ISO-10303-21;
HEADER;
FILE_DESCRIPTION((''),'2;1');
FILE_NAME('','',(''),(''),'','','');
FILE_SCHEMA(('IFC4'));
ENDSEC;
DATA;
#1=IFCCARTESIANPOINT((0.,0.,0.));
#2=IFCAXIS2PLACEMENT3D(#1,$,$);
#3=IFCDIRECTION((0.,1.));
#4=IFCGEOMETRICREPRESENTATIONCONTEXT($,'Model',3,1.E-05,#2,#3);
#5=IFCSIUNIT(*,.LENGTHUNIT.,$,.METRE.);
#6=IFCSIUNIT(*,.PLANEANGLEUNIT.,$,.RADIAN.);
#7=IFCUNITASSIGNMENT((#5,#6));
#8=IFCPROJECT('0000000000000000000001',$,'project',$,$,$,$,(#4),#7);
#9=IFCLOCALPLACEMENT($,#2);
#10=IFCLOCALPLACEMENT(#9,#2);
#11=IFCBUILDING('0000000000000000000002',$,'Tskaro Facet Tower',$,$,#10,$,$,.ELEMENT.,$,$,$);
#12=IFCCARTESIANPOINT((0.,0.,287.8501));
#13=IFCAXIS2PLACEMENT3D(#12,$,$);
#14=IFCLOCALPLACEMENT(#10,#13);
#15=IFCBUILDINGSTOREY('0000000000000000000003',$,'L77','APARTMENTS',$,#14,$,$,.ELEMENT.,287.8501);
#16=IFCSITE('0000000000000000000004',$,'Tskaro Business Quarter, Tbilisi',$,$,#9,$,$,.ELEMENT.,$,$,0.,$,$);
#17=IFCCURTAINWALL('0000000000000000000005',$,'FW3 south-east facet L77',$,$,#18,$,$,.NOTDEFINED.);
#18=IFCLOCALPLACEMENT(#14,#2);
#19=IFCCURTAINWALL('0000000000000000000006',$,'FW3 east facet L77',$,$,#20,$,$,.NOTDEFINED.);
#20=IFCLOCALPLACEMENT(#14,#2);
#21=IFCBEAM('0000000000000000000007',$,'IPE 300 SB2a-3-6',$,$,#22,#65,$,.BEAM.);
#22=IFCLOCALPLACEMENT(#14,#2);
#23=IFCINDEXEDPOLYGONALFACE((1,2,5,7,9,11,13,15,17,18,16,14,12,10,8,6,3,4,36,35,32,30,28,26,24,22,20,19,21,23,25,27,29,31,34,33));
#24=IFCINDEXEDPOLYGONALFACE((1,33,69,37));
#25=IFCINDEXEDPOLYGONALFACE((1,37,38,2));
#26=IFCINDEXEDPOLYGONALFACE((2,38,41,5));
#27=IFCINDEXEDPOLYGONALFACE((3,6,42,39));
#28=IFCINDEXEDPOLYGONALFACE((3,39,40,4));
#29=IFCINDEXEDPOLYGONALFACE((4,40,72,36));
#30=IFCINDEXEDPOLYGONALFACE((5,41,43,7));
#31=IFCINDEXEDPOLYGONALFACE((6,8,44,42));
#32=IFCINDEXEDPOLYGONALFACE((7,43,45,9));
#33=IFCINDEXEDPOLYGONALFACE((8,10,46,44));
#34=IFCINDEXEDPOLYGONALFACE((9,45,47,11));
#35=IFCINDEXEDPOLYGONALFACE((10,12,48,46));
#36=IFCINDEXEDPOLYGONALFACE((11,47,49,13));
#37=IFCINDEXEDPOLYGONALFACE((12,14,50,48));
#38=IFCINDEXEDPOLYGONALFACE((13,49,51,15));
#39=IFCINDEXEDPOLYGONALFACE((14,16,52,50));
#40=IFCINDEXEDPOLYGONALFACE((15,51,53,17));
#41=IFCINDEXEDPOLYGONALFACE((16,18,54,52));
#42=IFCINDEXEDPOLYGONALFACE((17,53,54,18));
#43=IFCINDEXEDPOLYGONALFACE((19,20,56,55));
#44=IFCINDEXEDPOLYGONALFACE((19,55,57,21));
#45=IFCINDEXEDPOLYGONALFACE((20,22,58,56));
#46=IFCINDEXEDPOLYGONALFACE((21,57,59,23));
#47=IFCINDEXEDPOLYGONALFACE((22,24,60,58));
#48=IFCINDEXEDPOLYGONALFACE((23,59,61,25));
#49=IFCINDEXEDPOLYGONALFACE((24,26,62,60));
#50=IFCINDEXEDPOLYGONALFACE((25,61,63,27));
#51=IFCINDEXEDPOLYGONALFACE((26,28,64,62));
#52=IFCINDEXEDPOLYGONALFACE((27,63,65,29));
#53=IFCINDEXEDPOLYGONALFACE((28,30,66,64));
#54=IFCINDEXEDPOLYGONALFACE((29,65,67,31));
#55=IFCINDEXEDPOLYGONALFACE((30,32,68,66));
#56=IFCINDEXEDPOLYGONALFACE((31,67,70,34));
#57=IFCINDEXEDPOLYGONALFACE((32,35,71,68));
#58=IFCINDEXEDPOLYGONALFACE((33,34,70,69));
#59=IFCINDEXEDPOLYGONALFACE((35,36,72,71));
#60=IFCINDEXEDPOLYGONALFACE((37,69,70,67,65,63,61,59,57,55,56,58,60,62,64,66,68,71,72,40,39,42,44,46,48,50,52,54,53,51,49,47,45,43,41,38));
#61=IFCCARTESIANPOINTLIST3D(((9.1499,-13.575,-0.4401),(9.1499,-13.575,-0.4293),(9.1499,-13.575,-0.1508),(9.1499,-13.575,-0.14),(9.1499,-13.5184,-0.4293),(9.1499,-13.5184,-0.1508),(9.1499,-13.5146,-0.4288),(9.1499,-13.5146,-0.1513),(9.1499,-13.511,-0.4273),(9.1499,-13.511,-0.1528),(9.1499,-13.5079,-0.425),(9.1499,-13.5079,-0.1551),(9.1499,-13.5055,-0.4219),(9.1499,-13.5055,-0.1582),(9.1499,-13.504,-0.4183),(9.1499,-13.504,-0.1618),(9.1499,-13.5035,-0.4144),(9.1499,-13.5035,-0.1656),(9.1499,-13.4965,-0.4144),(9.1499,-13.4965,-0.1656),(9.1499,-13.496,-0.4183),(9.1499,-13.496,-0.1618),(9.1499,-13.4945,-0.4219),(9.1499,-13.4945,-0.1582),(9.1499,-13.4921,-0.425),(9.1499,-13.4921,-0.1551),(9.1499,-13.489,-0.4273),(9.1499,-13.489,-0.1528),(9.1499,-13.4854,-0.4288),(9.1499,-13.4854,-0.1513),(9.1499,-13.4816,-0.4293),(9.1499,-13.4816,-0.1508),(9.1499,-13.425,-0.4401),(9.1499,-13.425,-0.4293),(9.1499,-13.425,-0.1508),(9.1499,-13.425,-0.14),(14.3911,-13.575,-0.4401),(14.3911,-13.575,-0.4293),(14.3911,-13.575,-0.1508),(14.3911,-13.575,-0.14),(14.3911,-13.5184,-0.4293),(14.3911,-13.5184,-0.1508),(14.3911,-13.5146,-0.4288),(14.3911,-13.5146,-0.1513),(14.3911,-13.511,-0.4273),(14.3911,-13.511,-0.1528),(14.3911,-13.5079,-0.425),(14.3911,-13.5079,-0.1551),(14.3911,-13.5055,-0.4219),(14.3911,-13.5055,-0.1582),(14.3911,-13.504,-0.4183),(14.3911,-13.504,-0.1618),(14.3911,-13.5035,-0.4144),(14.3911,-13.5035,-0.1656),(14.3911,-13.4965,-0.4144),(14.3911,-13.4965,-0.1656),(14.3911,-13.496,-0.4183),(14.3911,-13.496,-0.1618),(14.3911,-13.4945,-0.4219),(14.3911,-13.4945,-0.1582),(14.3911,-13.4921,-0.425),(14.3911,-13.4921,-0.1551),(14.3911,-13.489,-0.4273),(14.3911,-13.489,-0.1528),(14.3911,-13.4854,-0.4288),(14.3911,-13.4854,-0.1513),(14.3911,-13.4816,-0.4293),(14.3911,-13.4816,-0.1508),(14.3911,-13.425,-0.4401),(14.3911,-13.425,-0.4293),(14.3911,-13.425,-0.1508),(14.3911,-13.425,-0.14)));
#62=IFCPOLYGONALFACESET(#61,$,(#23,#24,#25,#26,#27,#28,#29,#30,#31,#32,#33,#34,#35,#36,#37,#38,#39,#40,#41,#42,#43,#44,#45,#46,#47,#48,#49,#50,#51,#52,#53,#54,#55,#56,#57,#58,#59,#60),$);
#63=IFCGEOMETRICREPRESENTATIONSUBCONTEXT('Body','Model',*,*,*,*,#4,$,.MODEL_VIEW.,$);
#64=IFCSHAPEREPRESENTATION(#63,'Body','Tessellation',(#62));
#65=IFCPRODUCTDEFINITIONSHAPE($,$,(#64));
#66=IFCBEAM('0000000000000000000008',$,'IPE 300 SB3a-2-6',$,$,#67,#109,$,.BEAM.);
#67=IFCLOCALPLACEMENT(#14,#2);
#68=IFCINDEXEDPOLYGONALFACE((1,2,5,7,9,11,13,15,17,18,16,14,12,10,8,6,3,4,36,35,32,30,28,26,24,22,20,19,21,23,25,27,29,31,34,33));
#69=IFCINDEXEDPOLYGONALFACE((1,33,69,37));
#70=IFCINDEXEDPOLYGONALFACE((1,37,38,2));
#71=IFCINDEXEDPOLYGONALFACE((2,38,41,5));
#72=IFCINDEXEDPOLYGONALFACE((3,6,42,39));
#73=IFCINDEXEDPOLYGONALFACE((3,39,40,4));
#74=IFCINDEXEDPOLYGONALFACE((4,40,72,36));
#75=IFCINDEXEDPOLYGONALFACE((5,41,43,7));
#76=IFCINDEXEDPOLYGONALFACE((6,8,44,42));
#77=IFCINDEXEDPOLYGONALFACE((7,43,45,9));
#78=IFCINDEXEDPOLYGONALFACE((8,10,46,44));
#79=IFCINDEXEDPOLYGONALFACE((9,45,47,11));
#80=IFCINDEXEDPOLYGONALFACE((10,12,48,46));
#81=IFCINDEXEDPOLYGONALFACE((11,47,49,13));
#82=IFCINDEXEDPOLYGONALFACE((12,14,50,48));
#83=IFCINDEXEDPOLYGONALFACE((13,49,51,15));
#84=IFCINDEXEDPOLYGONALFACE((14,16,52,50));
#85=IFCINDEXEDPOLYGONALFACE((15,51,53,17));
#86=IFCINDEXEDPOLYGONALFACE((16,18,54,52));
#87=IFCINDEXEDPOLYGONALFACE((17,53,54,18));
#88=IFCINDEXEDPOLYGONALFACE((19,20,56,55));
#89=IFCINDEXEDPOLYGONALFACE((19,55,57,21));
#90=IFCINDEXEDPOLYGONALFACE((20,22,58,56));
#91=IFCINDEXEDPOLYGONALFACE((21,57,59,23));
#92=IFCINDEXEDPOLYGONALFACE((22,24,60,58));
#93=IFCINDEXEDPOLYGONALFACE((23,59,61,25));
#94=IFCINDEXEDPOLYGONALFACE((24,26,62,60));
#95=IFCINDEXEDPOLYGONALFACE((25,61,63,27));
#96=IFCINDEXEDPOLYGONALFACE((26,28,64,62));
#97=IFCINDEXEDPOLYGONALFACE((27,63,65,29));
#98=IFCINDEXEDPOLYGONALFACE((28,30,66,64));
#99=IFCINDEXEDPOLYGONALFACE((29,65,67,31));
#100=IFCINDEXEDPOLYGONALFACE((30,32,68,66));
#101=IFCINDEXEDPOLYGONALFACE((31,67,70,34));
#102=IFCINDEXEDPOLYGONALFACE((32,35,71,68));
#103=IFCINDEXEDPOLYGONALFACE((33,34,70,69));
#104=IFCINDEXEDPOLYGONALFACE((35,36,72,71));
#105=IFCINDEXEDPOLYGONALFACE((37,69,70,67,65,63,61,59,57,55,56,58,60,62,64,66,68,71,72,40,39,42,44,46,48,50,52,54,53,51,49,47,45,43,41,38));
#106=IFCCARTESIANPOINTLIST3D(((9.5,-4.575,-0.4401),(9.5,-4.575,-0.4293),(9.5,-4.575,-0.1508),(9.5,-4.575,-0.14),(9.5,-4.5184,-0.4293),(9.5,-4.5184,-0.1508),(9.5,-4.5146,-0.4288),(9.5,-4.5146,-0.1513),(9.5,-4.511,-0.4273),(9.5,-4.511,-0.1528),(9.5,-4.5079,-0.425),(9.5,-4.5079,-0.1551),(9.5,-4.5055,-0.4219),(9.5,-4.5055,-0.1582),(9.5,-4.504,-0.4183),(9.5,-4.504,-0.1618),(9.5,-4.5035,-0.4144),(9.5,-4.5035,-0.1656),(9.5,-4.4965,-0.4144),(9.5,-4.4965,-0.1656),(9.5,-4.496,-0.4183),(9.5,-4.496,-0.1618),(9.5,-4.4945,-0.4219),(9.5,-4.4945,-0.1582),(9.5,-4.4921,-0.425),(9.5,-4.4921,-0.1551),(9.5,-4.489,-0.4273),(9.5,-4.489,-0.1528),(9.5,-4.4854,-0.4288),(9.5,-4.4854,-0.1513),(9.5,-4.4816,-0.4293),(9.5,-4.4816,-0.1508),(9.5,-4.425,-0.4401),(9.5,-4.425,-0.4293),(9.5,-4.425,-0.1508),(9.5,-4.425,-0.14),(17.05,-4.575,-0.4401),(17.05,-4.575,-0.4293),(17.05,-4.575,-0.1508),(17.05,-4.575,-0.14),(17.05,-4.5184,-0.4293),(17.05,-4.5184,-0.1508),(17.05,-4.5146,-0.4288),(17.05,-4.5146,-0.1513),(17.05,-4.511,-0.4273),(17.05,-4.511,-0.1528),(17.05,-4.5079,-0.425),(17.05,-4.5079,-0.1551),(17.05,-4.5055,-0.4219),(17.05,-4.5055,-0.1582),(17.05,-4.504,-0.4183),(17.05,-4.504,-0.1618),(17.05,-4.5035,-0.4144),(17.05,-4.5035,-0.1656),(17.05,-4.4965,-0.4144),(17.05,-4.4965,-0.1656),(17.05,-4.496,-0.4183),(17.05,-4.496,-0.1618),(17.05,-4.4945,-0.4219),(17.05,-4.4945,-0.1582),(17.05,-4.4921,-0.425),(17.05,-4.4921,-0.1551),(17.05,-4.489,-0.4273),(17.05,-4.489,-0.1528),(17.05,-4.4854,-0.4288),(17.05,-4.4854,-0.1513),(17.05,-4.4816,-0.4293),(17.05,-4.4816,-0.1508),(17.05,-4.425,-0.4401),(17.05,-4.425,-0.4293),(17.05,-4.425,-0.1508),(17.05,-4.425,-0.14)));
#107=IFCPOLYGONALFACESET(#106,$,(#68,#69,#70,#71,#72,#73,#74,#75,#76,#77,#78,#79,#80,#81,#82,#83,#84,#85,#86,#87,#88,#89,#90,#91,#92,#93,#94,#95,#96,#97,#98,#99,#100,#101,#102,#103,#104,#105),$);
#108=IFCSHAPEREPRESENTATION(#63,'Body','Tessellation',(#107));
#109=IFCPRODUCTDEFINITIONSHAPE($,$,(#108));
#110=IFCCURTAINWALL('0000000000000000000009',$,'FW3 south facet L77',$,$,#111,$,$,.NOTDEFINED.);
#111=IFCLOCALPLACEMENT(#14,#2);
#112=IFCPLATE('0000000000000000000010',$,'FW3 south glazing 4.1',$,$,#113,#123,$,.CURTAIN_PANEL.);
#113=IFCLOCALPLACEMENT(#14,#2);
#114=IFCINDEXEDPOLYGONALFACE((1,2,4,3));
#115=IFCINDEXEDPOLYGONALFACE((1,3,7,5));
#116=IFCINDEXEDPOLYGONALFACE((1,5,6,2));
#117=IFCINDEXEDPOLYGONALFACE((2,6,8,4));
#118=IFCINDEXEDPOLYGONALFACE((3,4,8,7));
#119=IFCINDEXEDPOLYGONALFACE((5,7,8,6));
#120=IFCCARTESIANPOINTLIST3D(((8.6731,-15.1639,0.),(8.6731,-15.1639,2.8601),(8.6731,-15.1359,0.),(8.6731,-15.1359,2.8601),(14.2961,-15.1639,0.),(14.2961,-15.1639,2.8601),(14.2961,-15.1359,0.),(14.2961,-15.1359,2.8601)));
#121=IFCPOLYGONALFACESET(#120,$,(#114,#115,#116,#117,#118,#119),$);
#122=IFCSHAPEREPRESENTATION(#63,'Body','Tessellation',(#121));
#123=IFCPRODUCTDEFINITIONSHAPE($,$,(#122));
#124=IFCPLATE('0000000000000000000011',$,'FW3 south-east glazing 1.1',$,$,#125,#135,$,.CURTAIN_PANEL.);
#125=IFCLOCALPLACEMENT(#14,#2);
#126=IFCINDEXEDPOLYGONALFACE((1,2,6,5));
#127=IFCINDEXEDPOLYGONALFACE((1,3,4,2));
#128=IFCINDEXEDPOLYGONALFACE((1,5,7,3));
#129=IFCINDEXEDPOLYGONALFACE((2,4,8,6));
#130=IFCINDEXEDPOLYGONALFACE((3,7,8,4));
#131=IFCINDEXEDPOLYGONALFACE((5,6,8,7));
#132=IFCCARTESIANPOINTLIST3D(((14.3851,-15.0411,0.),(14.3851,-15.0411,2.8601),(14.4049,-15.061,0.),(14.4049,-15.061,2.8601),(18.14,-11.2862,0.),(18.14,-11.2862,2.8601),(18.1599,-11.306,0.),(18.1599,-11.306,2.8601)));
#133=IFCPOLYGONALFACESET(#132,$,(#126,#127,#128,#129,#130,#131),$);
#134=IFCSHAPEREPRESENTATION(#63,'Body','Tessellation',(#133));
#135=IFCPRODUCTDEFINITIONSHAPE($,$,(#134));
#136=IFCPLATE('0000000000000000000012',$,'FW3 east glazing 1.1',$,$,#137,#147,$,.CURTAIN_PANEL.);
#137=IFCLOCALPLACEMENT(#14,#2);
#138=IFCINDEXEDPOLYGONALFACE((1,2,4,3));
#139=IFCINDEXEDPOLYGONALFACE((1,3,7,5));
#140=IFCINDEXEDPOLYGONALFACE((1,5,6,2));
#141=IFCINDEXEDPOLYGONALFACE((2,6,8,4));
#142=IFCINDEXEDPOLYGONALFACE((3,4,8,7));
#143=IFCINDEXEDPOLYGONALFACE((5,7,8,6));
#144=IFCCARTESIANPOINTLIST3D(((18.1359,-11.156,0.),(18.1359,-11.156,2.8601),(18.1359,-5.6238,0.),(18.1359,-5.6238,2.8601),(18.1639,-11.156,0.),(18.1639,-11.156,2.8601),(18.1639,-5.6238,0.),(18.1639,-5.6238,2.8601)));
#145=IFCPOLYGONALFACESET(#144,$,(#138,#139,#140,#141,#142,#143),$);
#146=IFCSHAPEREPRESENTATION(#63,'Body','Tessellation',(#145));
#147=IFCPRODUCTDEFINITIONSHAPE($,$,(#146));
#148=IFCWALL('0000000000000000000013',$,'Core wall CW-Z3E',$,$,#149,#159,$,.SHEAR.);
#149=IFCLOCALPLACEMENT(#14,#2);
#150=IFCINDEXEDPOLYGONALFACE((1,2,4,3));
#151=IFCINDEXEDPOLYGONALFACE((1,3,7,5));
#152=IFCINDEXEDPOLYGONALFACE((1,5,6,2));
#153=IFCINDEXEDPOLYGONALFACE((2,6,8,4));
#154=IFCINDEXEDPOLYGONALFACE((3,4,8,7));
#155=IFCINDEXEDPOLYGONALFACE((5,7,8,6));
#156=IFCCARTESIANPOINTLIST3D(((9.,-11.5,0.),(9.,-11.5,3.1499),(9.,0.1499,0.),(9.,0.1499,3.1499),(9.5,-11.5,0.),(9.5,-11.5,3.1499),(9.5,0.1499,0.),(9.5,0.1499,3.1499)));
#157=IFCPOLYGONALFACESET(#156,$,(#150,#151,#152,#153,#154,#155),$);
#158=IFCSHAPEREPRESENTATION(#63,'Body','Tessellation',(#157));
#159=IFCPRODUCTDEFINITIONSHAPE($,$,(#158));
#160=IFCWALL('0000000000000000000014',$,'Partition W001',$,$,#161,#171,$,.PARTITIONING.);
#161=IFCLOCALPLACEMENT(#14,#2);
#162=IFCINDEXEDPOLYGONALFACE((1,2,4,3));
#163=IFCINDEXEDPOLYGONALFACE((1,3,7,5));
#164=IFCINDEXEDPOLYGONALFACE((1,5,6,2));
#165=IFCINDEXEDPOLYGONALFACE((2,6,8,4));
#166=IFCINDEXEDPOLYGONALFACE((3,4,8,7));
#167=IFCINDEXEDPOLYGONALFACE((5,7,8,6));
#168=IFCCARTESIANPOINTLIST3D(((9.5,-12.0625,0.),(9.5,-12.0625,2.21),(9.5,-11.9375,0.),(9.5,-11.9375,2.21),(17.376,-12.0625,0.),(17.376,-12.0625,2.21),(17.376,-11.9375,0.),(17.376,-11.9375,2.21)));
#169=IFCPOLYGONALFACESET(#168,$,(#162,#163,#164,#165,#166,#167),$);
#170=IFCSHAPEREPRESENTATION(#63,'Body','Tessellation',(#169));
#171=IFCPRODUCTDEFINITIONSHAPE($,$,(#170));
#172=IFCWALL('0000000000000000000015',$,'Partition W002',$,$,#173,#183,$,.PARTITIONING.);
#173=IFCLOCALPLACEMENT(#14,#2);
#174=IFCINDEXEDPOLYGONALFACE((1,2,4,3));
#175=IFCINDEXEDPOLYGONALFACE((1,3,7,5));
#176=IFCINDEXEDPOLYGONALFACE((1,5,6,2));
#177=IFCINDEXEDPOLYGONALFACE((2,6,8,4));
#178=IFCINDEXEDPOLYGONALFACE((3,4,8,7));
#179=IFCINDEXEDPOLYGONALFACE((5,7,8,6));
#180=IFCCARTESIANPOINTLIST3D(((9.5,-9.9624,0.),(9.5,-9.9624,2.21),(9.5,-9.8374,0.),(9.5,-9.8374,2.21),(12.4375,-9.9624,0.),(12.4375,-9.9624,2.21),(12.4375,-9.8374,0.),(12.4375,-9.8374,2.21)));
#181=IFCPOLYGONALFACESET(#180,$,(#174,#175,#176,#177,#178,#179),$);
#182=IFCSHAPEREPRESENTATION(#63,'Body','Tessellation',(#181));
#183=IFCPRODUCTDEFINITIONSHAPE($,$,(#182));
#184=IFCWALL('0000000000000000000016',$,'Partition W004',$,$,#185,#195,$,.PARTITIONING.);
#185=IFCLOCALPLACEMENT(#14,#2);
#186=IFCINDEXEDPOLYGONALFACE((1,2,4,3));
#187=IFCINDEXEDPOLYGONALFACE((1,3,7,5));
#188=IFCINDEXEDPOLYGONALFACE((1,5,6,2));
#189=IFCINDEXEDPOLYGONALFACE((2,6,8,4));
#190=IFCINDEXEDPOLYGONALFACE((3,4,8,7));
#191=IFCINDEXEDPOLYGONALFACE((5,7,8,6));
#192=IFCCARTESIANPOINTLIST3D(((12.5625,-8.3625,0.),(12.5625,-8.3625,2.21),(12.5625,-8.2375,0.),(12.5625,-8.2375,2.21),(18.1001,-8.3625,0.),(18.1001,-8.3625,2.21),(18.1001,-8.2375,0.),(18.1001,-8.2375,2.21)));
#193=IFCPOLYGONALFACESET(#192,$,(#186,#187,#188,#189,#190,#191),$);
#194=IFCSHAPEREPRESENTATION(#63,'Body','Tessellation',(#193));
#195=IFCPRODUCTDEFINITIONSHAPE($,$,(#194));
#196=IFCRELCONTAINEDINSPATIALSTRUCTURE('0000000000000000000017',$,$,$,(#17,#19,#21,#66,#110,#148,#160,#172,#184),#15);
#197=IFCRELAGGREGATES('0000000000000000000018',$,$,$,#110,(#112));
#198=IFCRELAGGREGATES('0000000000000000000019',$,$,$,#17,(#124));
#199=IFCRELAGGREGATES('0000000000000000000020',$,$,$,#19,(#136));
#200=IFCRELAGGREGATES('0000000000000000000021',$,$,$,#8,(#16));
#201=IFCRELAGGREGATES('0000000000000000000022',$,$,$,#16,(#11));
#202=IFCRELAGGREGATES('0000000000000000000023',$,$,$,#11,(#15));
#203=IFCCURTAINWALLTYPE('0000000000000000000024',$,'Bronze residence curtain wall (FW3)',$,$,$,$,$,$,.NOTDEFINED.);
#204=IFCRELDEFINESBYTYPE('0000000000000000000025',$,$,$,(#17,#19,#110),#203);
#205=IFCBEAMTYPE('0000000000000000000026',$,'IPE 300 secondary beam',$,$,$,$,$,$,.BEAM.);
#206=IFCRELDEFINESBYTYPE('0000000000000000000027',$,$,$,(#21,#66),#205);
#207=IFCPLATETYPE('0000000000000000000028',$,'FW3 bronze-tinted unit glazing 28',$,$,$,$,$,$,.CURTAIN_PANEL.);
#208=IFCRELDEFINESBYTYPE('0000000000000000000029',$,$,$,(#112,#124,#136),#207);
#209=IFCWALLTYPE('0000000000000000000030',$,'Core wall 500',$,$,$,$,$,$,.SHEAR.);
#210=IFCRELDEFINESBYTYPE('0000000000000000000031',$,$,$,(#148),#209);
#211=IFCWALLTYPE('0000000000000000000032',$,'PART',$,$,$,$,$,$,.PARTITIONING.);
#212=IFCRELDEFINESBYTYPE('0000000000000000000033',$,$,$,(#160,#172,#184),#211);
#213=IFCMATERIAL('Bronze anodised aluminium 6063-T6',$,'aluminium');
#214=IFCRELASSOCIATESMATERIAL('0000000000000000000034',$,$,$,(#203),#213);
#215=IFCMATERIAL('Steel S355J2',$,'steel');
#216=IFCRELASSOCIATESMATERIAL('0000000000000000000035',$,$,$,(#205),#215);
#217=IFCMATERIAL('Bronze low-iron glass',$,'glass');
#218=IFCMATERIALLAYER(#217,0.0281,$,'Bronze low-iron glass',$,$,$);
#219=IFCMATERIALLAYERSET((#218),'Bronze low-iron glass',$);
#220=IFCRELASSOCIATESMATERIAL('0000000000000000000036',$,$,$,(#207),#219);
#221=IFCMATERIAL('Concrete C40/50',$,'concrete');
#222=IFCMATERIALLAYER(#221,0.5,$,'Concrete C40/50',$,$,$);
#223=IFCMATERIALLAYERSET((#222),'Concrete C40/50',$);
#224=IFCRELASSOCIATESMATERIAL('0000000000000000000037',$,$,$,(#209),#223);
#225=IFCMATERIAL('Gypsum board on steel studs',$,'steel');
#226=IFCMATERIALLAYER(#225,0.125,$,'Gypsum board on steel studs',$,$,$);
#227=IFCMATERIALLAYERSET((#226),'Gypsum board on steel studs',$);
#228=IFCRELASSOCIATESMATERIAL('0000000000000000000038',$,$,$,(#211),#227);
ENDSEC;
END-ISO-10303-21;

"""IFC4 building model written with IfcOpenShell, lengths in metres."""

from ifc_helpers import new_model, si_unit, direction, frame, frame_2d, origin, origin_2d, place, context, subcontext, project, spatial, rectangle, i_section, extrude, material, layer, layer_set, material_profile, profile_set, type_object, element, aggregate, save


model = new_model("IFC4")

# Units and contexts
model_context = context("Model", 3, precision=1e-05, world=origin(), true_north=direction((0.0, 1.0)))
body_context = subcontext(model_context, "Body", "Model", "MODEL_VIEW")
ifc_project = project(units=[si_unit("LENGTHUNIT", "METRE"), si_unit("PLANEANGLEUNIT", "RADIAN")], contexts=[model_context])

# Site, building, storey
site_placement = place(None, origin())
site = spatial("IfcSite", under=ifc_project, at=site_placement, Name="Tskaro Business Quarter, Tbilisi", CompositionType="ELEMENT", RefElevation=0.0)
building_placement = place(site_placement, origin())
building = spatial("IfcBuilding", under=site, at=building_placement, Name="Tskaro Facet Tower", CompositionType="ELEMENT")
storey_placement = place(building_placement, frame((0.0, 0.0, 287.8501)))
storey = spatial("IfcBuildingStorey", under=building, at=storey_placement, Name="L77", Description="APARTMENTS", CompositionType="ELEMENT", Elevation=287.8501)

# Shared definitions
ifc_material_1 = material(Name="Steel S355J2", Category="steel")

# Curtain wall
ifc_material_2 = material(Name="Bronze anodised aluminium 6063-T6", Category="aluminium")
curtain_wall_type = type_object("IfcCurtainWallType", Name="Bronze residence curtain wall (FW3)", PredefinedType="NOTDEFINED", material=ifc_material_2)
curtain_wall_1_placement = place(storey_placement, origin())
curtain_wall_1 = element("IfcCurtainWall", 1, at=curtain_wall_1_placement, inside=storey, type_object=curtain_wall_type, Name="FW3 south-east facet L77", PredefinedType="NOTDEFINED")

# Curtain wall
curtain_wall_2_placement = place(storey_placement, origin())
curtain_wall_2 = element("IfcCurtainWall", 2, at=curtain_wall_2_placement, inside=storey, type_object=curtain_wall_type, Name="FW3 east facet L77", PredefinedType="NOTDEFINED")

# Beams
ifc_material_profile_1 = material_profile(ifc_material_1, i_section(OverallWidth=0.1499, OverallDepth=0.3, WebThickness=0.0071, FlangeThickness=0.0107, FilletRadius=0.0149, at=origin_2d()), Name="IPE 300")
ifc_profile_set_1 = profile_set([ifc_material_profile_1], Name="Steel S355J2")
beam_type_1 = type_object("IfcBeamType", Name="IPE 300 secondary beam", PredefinedType="BEAM", material=ifc_profile_set_1)
beam_1_placement = place(storey_placement, frame((9.1499, -13.5, -0.29), z_axis=(1.0, 0.0, 0.0), x_axis=(0.0, 1.0, 0.0)))
element("IfcBeam", 3, at=beam_1_placement, inside=storey, type_object=beam_type_1, Name="IPE 300 SB2a-3-6", PredefinedType="BEAM", context=body_context, shape_type="SweptSolid", body=[
    extrude(i_section(OverallWidth=0.1499, OverallDepth=0.3, WebThickness=0.0071, FlangeThickness=0.0107, FilletRadius=0.0149, at=origin_2d()), origin(), (0.0, 0.0, 1.0), 5.2412),
])
beam_2_placement = place(storey_placement, frame((9.5, -4.5, -0.29), z_axis=(1.0, 0.0, 0.0), x_axis=(0.0, 1.0, 0.0)))
element("IfcBeam", 4, at=beam_2_placement, inside=storey, type_object=beam_type_1, Name="IPE 300 SB3a-2-6", PredefinedType="BEAM", context=body_context, shape_type="SweptSolid", body=[
    extrude(i_section(OverallWidth=0.1499, OverallDepth=0.3, WebThickness=0.0071, FlangeThickness=0.0107, FilletRadius=0.0149, at=origin_2d()), origin(), (0.0, 0.0, 1.0), 7.55),
])

# Curtain wall, plate
curtain_wall_3_placement = place(storey_placement, origin())
curtain_wall_3 = element("IfcCurtainWall", 5, at=curtain_wall_3_placement, inside=storey, type_object=curtain_wall_type, Name="FW3 south facet L77", PredefinedType="NOTDEFINED")
ifc_material_3 = material(Name="Bronze low-iron glass", Category="glass")
ifc_layer_1 = layer(ifc_material_3, 0.0281, Name="Bronze low-iron glass")
ifc_layer_set_1 = layer_set([ifc_layer_1], Name="Bronze low-iron glass")
plate_type = type_object("IfcPlateType", Name="FW3 bronze-tinted unit glazing 28", PredefinedType="CURTAIN_PANEL", material=ifc_layer_set_1)
plate_1_placement = place(storey_placement, frame((11.4846, -15.1499, 0.0), z_axis=(0.0, 0.0, 1.0), x_axis=(1.0, 0.0, 0.0)))
plate_1 = element("IfcPlate", 6, at=plate_1_placement, type_object=plate_type, Name="FW3 south glazing 4.1", PredefinedType="CURTAIN_PANEL", context=body_context, shape_type="SweptSolid", body=[
    extrude(rectangle(XDim=5.623, YDim=0.0281, at=origin_2d()), origin(), (0.0, 0.0, 1.0), 2.8601),
])
aggregate(curtain_wall_3, [plate_1])

# Plates
plate_2_placement = place(storey_placement, frame((16.2725, -13.1736, 0.0), z_axis=(0.0, 0.0, 1.0), x_axis=(0.707107, 0.707107, 0.0)))
plate_2 = element("IfcPlate", 7, at=plate_2_placement, type_object=plate_type, Name="FW3 south-east glazing 1.1", PredefinedType="CURTAIN_PANEL", context=body_context, shape_type="SweptSolid", body=[
    extrude(rectangle(XDim=5.3103, YDim=0.0281, at=origin_2d()), origin(), (0.0, 0.0, 1.0), 2.8601),
])
aggregate(curtain_wall_1, [plate_2])
plate_3_placement = place(storey_placement, frame((18.1499, -8.3899, 0.0), z_axis=(0.0, 0.0, 1.0), x_axis=(0.0, 1.0, 0.0)))
plate_3 = element("IfcPlate", 8, at=plate_3_placement, type_object=plate_type, Name="FW3 east glazing 1.1", PredefinedType="CURTAIN_PANEL", context=body_context, shape_type="SweptSolid", body=[
    extrude(rectangle(XDim=5.5322, YDim=0.0281, at=origin_2d()), origin(), (0.0, 0.0, 1.0), 2.8601),
])
aggregate(curtain_wall_2, [plate_3])

# Walls
ifc_material_4 = material(Name="Concrete C40/50", Category="concrete")
ifc_layer_2 = layer(ifc_material_4, 0.5, Name="Concrete C40/50")
ifc_layer_set_2 = layer_set([ifc_layer_2], Name="Concrete C40/50")
wall_type_1 = type_object("IfcWallType", Name="Core wall 500", PredefinedType="SHEAR", material=ifc_layer_set_2)
wall_1_placement = place(storey_placement, frame((9.25, -11.5, 0.0), z_axis=(0.0, 0.0, 1.0), x_axis=(0.0, 1.0, 0.0)))
element("IfcWall", 9, at=wall_1_placement, inside=storey, type_object=wall_type_1, Name="Core wall CW-Z3E", PredefinedType="SHEAR", context=body_context, shape_type="SweptSolid", body=[
    extrude(rectangle(XDim=11.6499, YDim=0.5, at=frame_2d((5.825, 0.0))), origin(), (0.0, 0.0, 1.0), 3.1499),
])
ifc_material_5 = material(Name="Gypsum board on steel studs", Category="steel")
ifc_layer_3 = layer(ifc_material_5, 0.125, Name="Gypsum board on steel studs")
ifc_layer_set_3 = layer_set([ifc_layer_3], Name="Gypsum board on steel studs")
wall_type_2 = type_object("IfcWallType", Name="PART", PredefinedType="PARTITIONING", material=ifc_layer_set_3)
wall_2_placement = place(storey_placement, frame((9.5, -12.0, 0.0), z_axis=(0.0, 0.0, 1.0), x_axis=(1.0, 0.0, 0.0)))
element("IfcWall", 10, at=wall_2_placement, inside=storey, type_object=wall_type_2, Name="Partition W001", PredefinedType="PARTITIONING", context=body_context, shape_type="SweptSolid", body=[
    extrude(rectangle(XDim=7.876, YDim=0.125, at=frame_2d((3.938, 0.0))), origin(), (0.0, 0.0, 1.0), 2.21),
])
wall_3_placement = place(storey_placement, frame((9.5, -9.8999, 0.0), z_axis=(0.0, 0.0, 1.0), x_axis=(1.0, 0.0, 0.0)))
element("IfcWall", 11, at=wall_3_placement, inside=storey, type_object=wall_type_2, Name="Partition W002", PredefinedType="PARTITIONING", context=body_context, shape_type="SweptSolid", body=[
    extrude(rectangle(XDim=2.9375, YDim=0.125, at=frame_2d((1.4688, 0.0))), origin(), (0.0, 0.0, 1.0), 2.21),
])
for number, where, z_axis, x_axis, name in (
    (12, (12.5625, -8.3, 0.0), (0.0, 0.0, 1.0), (1.0, 0.0, 0.0), "Partition W004"),
):
    element("IfcWall", number, at=place(storey_placement, frame(where, z_axis=z_axis, x_axis=x_axis)), inside=storey, type_object=wall_type_2, Name=name, PredefinedType="PARTITIONING", context=body_context, shape_type="SweptSolid", body=[
        extrude(rectangle(XDim=5.5376, YDim=0.125, at=frame_2d((2.7688, 0.0))), origin(), (0.0, 0.0, 1.0), 2.21),
    ])

save(model, "model.ifc")
